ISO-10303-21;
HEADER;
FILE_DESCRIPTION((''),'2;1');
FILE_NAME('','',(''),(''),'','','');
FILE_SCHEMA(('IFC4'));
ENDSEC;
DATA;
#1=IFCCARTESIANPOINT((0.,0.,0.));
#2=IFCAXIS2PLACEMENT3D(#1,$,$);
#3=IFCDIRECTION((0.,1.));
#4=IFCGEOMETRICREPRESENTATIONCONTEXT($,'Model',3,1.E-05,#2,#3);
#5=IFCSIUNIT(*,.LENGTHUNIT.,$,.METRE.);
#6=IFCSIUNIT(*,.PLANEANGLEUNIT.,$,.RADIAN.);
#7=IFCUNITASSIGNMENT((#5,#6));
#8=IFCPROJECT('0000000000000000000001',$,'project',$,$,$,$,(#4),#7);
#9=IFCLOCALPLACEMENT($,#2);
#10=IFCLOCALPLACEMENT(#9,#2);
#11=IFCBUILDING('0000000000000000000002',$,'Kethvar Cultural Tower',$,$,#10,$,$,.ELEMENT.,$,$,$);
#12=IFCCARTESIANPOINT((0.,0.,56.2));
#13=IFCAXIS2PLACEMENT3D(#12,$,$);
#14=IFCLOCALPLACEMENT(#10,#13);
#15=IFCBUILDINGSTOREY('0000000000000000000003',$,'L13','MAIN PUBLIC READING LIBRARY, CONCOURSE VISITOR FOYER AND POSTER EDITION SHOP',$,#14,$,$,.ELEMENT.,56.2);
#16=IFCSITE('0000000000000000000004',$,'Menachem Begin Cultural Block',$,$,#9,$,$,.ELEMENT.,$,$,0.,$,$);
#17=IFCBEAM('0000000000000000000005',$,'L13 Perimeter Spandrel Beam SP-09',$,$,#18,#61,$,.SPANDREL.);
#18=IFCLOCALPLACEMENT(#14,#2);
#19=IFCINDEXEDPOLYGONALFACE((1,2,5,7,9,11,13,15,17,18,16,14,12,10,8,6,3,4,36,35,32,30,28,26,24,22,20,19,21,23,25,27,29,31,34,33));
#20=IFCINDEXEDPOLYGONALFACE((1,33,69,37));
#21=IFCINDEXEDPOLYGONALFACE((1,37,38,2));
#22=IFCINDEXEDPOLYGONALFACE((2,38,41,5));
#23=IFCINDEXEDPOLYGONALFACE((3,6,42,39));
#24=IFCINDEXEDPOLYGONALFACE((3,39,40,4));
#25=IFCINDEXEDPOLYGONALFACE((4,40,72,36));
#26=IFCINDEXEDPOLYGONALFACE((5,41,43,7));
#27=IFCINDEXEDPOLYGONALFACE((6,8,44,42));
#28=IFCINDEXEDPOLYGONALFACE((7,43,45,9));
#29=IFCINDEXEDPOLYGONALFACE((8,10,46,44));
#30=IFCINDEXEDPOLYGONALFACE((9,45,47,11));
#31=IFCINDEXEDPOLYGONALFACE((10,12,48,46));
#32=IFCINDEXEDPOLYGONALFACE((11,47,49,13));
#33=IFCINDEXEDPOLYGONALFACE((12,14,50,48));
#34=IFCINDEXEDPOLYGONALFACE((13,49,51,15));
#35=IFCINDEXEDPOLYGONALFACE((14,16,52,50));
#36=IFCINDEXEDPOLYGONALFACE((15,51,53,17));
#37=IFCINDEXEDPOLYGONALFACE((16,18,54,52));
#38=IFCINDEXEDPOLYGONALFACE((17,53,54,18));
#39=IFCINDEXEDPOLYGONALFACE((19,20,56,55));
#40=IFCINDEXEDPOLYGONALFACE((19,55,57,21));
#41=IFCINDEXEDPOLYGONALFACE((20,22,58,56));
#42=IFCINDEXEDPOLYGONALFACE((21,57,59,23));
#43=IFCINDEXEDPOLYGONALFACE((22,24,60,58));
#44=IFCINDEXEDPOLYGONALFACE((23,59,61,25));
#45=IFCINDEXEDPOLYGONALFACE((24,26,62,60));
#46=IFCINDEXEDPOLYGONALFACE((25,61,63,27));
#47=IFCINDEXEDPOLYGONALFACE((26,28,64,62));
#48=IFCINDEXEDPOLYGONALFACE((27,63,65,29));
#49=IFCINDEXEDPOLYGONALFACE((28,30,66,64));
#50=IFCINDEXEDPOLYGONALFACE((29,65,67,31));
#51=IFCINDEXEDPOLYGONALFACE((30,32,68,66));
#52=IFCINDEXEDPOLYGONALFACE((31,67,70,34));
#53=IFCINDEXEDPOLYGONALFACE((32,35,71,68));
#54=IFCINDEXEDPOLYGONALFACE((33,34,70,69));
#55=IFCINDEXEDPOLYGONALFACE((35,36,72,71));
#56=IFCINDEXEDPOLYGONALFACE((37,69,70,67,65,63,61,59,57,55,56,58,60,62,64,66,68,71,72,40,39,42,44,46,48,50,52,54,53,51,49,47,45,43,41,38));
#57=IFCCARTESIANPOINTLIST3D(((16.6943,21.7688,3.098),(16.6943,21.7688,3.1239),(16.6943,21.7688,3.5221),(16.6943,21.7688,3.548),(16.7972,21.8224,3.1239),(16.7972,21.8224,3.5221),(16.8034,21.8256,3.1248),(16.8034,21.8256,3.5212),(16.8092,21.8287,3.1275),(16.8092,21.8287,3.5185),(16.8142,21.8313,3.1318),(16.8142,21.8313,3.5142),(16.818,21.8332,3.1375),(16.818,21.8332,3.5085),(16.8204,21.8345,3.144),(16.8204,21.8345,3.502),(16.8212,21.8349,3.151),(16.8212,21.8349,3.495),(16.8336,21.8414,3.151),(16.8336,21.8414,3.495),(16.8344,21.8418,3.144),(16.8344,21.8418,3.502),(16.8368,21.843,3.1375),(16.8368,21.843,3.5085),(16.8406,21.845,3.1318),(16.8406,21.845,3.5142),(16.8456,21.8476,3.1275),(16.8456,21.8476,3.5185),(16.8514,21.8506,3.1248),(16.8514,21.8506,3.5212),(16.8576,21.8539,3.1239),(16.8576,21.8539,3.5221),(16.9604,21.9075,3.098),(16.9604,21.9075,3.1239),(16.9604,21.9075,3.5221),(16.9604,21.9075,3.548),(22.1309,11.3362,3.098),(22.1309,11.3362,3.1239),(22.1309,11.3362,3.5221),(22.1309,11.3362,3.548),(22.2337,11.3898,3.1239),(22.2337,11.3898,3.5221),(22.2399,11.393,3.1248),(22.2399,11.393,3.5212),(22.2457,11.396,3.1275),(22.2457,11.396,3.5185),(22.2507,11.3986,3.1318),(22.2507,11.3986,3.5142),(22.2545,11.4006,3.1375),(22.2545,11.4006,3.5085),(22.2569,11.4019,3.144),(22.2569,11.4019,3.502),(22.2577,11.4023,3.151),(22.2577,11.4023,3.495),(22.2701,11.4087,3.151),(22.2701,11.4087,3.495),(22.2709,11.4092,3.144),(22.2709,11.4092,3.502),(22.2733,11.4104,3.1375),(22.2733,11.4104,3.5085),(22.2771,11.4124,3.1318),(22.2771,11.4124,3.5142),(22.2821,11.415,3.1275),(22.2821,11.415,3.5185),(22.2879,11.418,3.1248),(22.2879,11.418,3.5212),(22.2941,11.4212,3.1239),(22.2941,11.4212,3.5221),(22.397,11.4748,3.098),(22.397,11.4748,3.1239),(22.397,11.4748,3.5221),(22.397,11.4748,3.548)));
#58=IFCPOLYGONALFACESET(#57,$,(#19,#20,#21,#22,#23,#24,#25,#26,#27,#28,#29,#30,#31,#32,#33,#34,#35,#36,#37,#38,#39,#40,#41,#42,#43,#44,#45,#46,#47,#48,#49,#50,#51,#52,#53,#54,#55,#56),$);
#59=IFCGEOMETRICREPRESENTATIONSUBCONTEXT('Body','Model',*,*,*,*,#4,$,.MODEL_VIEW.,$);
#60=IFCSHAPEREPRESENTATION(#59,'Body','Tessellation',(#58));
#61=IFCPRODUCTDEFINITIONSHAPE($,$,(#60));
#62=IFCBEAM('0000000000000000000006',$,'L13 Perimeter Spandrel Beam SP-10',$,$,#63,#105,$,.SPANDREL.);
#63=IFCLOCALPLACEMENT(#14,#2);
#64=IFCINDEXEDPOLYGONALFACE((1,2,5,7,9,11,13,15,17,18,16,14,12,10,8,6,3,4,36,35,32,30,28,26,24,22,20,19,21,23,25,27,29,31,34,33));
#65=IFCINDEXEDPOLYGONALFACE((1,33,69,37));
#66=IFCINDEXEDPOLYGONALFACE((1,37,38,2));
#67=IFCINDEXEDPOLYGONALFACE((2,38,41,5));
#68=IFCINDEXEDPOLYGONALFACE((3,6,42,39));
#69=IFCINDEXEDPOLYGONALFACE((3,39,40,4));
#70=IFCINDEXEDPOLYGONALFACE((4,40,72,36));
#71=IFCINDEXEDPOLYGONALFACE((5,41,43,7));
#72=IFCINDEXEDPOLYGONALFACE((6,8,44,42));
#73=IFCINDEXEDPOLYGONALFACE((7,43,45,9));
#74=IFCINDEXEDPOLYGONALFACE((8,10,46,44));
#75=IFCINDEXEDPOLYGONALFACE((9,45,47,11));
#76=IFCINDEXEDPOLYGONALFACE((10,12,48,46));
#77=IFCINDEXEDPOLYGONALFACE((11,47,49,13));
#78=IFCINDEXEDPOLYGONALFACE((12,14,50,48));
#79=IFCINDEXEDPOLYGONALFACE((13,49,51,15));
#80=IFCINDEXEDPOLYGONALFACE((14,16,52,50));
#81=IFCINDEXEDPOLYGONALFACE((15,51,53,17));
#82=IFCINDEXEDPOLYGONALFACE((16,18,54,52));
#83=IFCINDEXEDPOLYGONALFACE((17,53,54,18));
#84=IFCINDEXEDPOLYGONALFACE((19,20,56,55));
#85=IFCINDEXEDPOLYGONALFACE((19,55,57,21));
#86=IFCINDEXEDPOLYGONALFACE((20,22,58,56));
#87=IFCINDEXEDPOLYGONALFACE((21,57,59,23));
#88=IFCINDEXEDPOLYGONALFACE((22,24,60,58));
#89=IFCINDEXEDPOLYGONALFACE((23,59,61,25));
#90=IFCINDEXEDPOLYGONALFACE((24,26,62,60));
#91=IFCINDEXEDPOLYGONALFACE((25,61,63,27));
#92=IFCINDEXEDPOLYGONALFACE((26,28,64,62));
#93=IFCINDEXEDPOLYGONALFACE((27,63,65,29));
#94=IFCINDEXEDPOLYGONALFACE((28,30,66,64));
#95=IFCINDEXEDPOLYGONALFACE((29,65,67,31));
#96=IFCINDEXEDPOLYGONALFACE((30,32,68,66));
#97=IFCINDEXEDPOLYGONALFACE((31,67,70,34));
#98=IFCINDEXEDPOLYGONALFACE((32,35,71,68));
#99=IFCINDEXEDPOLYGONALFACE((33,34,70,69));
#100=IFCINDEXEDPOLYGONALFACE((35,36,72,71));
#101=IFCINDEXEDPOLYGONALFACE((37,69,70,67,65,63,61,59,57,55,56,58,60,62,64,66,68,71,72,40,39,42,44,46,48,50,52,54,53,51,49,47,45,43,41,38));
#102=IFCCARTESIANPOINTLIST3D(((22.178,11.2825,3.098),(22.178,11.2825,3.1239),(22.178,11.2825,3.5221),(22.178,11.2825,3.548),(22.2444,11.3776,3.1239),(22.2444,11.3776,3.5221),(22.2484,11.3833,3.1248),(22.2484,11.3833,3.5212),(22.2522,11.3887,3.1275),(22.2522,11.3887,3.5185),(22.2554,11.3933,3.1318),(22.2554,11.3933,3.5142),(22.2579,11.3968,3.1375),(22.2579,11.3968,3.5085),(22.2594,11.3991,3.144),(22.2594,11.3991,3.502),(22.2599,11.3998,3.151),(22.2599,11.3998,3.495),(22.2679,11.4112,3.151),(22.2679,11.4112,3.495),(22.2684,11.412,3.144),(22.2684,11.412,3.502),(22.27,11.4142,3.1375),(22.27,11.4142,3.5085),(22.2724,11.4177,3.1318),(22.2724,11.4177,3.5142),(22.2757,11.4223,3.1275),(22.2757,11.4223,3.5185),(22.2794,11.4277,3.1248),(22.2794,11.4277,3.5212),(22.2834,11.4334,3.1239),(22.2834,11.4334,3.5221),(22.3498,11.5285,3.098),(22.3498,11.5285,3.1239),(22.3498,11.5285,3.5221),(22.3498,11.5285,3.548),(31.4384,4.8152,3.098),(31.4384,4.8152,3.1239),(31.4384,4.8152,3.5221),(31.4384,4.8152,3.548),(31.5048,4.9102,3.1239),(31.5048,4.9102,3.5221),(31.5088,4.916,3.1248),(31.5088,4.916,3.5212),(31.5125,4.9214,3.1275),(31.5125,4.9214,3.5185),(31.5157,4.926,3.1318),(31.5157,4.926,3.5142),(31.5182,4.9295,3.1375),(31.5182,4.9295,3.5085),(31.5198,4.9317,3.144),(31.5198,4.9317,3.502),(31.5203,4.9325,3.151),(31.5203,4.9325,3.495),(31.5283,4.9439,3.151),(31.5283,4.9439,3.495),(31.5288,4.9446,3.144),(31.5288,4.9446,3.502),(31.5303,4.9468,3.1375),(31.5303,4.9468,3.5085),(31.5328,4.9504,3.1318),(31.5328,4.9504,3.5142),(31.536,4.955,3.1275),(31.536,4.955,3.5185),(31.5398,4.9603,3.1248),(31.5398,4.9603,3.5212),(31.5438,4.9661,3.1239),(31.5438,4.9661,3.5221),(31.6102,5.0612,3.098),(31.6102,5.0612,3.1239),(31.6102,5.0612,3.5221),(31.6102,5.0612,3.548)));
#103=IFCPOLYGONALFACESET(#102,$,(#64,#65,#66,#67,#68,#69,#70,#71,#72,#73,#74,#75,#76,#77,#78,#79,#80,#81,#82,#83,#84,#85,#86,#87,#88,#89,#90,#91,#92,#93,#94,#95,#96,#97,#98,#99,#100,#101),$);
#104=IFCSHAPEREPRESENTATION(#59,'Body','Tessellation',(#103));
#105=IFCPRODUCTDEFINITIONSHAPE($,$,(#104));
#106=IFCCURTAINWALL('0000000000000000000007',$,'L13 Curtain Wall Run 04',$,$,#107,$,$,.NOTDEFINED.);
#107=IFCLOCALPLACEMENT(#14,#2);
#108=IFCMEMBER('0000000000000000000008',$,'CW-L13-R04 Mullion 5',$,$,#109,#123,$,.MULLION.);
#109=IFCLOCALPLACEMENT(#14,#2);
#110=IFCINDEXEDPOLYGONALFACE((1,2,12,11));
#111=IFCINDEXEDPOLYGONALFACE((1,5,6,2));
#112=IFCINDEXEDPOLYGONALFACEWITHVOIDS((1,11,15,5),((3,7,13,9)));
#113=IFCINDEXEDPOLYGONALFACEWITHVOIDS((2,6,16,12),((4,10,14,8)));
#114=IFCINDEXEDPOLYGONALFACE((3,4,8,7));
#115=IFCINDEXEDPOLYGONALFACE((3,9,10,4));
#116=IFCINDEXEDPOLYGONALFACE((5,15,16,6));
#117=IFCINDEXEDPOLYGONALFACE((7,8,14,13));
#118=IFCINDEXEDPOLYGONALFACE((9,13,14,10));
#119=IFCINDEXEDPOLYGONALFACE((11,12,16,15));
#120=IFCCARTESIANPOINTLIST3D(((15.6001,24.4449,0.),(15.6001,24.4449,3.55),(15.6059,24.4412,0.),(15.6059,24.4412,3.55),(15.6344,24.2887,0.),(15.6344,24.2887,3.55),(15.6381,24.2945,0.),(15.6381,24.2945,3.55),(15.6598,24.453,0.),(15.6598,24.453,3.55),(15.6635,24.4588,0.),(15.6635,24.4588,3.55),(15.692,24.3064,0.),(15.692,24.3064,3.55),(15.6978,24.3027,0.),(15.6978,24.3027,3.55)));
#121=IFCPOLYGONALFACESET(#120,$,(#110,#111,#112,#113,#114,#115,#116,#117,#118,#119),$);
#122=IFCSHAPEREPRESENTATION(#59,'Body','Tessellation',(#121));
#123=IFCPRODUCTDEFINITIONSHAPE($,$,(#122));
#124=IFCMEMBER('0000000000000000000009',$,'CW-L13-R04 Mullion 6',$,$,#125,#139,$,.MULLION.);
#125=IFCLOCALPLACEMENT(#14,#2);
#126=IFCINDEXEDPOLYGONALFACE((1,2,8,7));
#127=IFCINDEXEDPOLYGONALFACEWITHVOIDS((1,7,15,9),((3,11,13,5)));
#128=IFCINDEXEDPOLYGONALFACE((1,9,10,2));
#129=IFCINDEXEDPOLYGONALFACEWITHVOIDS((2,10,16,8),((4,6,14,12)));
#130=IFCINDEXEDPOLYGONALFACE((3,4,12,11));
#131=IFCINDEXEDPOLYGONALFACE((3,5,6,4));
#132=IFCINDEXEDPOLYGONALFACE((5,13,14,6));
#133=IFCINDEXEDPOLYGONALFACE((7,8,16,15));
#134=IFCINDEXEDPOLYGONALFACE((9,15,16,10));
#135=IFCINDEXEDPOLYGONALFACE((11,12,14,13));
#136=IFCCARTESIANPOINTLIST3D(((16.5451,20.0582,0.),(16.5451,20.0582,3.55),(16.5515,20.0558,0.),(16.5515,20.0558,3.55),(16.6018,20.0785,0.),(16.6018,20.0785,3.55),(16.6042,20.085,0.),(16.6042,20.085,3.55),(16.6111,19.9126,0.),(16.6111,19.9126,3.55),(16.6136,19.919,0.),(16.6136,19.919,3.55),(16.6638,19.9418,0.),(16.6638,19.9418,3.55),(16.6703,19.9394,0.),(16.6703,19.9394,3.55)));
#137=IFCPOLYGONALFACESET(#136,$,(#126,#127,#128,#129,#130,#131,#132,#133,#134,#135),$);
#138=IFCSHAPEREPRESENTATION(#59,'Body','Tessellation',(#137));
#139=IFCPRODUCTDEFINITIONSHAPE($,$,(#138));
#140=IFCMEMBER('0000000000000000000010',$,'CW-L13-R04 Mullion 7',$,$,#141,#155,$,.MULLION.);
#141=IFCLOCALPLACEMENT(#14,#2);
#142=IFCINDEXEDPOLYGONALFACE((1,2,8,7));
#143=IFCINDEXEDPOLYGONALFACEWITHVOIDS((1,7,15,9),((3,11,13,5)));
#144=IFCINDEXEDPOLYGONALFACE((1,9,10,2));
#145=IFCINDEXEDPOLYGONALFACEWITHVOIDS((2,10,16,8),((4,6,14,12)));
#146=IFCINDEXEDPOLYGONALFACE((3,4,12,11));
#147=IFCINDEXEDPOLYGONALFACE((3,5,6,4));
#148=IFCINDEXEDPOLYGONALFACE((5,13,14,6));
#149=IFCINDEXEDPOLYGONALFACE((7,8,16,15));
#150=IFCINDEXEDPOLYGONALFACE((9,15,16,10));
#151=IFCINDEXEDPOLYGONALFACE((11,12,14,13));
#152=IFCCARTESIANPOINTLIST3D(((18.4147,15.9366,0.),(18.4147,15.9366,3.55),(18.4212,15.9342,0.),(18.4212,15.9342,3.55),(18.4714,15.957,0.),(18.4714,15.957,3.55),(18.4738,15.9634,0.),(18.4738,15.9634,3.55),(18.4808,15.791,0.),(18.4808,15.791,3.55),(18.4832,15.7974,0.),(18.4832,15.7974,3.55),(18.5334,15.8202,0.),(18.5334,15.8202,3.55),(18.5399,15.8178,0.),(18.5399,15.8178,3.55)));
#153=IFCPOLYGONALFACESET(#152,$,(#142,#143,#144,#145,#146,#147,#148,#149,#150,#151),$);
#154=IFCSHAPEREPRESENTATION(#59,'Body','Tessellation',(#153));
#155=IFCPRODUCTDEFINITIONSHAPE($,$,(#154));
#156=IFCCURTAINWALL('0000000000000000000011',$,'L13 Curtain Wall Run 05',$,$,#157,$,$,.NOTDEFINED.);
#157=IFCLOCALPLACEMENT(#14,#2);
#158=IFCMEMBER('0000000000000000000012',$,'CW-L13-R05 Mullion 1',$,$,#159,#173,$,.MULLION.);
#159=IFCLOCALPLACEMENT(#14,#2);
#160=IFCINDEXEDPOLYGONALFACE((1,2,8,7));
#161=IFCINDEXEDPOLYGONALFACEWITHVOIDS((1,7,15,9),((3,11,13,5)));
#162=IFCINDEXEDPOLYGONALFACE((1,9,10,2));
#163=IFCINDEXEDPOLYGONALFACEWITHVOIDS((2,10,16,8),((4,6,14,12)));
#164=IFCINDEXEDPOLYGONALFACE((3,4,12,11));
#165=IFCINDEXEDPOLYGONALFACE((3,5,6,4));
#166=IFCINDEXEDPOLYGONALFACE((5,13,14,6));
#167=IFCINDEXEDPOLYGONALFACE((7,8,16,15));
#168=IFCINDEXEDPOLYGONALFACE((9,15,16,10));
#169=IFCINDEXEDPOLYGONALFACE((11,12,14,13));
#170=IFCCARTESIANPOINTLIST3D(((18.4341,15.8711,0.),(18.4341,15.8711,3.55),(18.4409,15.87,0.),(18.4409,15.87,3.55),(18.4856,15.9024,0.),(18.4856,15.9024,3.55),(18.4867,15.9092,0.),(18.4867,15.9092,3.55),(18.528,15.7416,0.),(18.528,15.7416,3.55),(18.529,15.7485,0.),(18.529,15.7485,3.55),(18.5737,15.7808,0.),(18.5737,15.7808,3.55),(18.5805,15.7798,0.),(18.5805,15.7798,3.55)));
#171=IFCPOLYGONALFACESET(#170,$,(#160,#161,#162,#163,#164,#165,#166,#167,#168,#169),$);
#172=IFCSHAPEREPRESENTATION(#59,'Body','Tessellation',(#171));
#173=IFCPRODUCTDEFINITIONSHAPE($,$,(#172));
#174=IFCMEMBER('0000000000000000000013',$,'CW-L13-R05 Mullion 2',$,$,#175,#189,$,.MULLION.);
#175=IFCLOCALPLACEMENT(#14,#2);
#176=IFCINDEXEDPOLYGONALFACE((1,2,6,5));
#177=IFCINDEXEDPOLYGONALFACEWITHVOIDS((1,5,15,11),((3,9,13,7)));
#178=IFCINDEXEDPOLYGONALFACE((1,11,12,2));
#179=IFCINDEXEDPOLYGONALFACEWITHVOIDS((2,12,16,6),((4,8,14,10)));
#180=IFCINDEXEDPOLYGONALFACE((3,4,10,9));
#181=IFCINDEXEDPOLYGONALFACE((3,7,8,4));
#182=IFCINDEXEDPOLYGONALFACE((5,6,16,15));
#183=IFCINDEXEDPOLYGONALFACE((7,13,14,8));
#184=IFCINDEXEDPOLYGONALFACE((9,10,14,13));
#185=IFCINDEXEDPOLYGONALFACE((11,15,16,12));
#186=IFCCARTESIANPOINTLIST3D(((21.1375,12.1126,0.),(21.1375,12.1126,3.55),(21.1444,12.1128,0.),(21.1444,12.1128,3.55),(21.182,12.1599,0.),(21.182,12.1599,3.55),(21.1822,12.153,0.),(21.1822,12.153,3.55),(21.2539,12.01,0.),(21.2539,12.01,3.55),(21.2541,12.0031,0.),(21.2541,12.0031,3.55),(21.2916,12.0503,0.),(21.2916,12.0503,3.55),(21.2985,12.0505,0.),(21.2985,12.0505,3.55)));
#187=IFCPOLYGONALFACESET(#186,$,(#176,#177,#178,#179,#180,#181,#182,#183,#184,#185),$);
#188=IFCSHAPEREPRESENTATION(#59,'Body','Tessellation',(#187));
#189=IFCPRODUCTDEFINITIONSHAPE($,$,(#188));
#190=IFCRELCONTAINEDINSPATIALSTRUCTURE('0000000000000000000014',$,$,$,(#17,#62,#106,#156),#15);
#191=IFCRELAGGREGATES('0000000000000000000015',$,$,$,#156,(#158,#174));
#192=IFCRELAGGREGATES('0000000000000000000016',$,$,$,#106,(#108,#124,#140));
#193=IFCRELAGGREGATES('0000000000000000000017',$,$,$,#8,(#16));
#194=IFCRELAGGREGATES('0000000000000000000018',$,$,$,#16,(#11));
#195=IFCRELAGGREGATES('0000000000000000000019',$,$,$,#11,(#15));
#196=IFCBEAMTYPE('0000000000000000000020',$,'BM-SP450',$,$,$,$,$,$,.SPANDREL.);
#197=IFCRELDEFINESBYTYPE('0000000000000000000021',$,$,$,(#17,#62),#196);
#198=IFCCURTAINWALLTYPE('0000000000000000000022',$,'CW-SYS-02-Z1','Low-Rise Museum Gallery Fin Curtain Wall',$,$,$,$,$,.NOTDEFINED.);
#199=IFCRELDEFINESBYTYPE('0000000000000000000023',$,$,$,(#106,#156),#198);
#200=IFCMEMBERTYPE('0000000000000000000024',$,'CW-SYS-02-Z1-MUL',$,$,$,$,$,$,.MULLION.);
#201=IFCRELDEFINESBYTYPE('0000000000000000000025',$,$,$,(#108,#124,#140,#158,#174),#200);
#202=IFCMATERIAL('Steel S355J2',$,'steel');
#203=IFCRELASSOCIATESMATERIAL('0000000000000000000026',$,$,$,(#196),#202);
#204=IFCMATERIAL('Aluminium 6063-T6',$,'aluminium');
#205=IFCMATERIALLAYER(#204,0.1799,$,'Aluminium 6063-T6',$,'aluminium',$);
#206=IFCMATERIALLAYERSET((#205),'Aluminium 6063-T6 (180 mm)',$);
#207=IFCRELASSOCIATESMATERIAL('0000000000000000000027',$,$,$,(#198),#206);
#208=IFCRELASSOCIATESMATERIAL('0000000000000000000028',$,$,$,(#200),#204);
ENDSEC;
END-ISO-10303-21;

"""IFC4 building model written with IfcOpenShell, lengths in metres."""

from ifc_helpers import new_model, si_unit, direction, frame, origin, origin_2d, place, context, subcontext, project, spatial, hollow_rectangle, i_section, extrude, source, transform, mapped, material, layer, layer_set, material_profile, profile_set, type_object, element, aggregate, save


model = new_model("IFC4")

# Units and contexts
model_context = context("Model", 3, precision=1e-05, world=origin(), true_north=direction((0.0, 1.0)))
body_context = subcontext(model_context, "Body", "Model", "MODEL_VIEW")
ifc_project = project(units=[si_unit("LENGTHUNIT", "METRE"), si_unit("PLANEANGLEUNIT", "RADIAN")], contexts=[model_context])

# Site, building, storey
site_placement = place(None, origin())
site = spatial("IfcSite", under=ifc_project, at=site_placement, Name="Menachem Begin Cultural Block", CompositionType="ELEMENT", RefElevation=0.0)
building_placement = place(site_placement, origin())
building = spatial("IfcBuilding", under=site, at=building_placement, Name="Kethvar Cultural Tower", CompositionType="ELEMENT")
storey_placement = place(building_placement, frame((0.0, 0.0, 56.2)))
storey = spatial("IfcBuildingStorey", under=building, at=storey_placement, Name="L13", Description="MAIN PUBLIC READING LIBRARY, CONCOURSE VISITOR FOYER AND POSTER EDITION SHOP", CompositionType="ELEMENT", Elevation=56.2)

# Beams
ifc_material_1 = material(Name="Steel S355J2", Category="steel")
ifc_material_profile_1 = material_profile(ifc_material_1, i_section(OverallWidth=0.3, OverallDepth=0.45, WebThickness=0.0139, FlangeThickness=0.0259, FilletRadius=0.0271, at=origin_2d()), Name="Steel S355J2 — HEB450")
ifc_profile_set_1 = profile_set([ifc_material_profile_1], Name="Steel S355J2 — HEB450")
beam_type_1 = type_object("IfcBeamType", Name="BM-SP450", PredefinedType="SPANDREL", material=ifc_profile_set_1)
shared_shape_1 = source(origin(), body_context, "Body", "SweptSolid", [
    extrude(i_section(OverallWidth=0.3, OverallDepth=0.45, WebThickness=0.0139, FlangeThickness=0.0259, FilletRadius=0.0271, at=origin_2d()), origin(), (0.0, 0.0, 1.0), 11.7642),
])
beam_1_placement = place(storey_placement, frame((16.8274, 21.8381, 3.323), z_axis=(0.462126, -0.886814, 0.0), x_axis=(0.886814, 0.462126, 0.0)))
element("IfcBeam", 1, at=beam_1_placement, inside=storey, type_object=beam_type_1, Name="L13 Perimeter Spandrel Beam SP-09", PredefinedType="SPANDREL", context=body_context, shape_type="MappedRepresentation", body=[
    mapped(shared_shape_1, transform((0.0, 0.0, 0.0), scale=1.0)),
])
shared_shape_2 = source(origin(), body_context, "Body", "SweptSolid", [
    extrude(i_section(OverallWidth=0.3, OverallDepth=0.45, WebThickness=0.0139, FlangeThickness=0.0259, FilletRadius=0.0271, at=origin_2d()), origin(), (0.0, 0.0, 1.0), 11.2952),
])
beam_2_placement = place(storey_placement, frame((22.2639, 11.4055, 3.323), z_axis=(0.819851, -0.572577, 0.0), x_axis=(0.572577, 0.819851, 0.0)))
element("IfcBeam", 2, at=beam_2_placement, inside=storey, type_object=beam_type_1, Name="L13 Perimeter Spandrel Beam SP-10", PredefinedType="SPANDREL", context=body_context, shape_type="MappedRepresentation", body=[
    mapped(shared_shape_2, transform((0.0, 0.0, 0.0), scale=1.0)),
])

# Curtain walls, members
ifc_material_2 = material(Name="Aluminium 6063-T6", Category="aluminium")
ifc_layer_1 = layer(ifc_material_2, 0.1799, Name="Aluminium 6063-T6", Category="aluminium")
ifc_layer_set_1 = layer_set([ifc_layer_1], Name="Aluminium 6063-T6 (180 mm)")
curtain_wall_type = type_object("IfcCurtainWallType", Name="CW-SYS-02-Z1", Description="Low-Rise Museum Gallery Fin Curtain Wall", PredefinedType="NOTDEFINED", material=ifc_layer_set_1)
curtain_wall_1_placement = place(storey_placement, origin())
curtain_wall_1 = element("IfcCurtainWall", 3, at=curtain_wall_1_placement, inside=storey, type_object=curtain_wall_type, Name="L13 Curtain Wall Run 04", PredefinedType="NOTDEFINED")
ifc_material_profile_2 = material_profile(ifc_material_2, hollow_rectangle(XDim=0.0649, YDim=0.1599, WallThickness=0.0049, at=origin_2d()), Name="Aluminium 6063-T6 — RHS160x65x5")
ifc_profile_set_2 = profile_set([ifc_material_profile_2], Name="Aluminium 6063-T6 — RHS160x65x5")
member_type_1 = type_object("IfcMemberType", Name="CW-SYS-02-Z1-MUL", PredefinedType="MULLION", material=ifc_profile_set_2)
shared_shape_3 = source(origin(), body_context, "Body", "SweptSolid", [
    extrude(hollow_rectangle(XDim=0.0649, YDim=0.1599, WallThickness=0.0049, at=origin_2d()), origin(), (0.0, 0.0, 1.0), 3.55),
])
member_1_placement = place(storey_placement, frame((15.6489, 24.3738, 0.0), z_axis=(0.0, 0.0, 1.0), x_axis=(0.976702, 0.214599, 0.0)))
member_1 = element("IfcMember", 4, at=member_1_placement, type_object=member_type_1, Name="CW-L13-R04 Mullion 5", PredefinedType="MULLION", context=body_context, shape_type="MappedRepresentation", body=[
    mapped(shared_shape_3, transform((0.0, 0.0, 0.0), scale=1.0)),
])
member_2_placement = place(storey_placement, frame((16.6077, 19.9988, 0.0), z_axis=(0.0, 0.0, 1.0), x_axis=(0.910684, 0.413104, 0.0)))
member_2 = element("IfcMember", 5, at=member_2_placement, type_object=member_type_1, Name="CW-L13-R04 Mullion 6", PredefinedType="MULLION", context=body_context, shape_type="MappedRepresentation", body=[
    mapped(shared_shape_3, transform((0.0, 0.0, 0.0), scale=1.0)),
])
member_3_placement = place(storey_placement, frame((18.4773, 15.8772, 0.0), z_axis=(0.0, 0.0, 1.0), x_axis=(0.910684, 0.413104, 0.0)))
member_3 = element("IfcMember", 6, at=member_3_placement, type_object=member_type_1, Name="CW-L13-R04 Mullion 7", PredefinedType="MULLION", context=body_context, shape_type="MappedRepresentation", body=[
    mapped(shared_shape_3, transform((0.0, 0.0, 0.0), scale=1.0)),
])
curtain_wall_2_placement = place(storey_placement, origin())
curtain_wall_2 = element("IfcCurtainWall", 7, at=curtain_wall_2_placement, inside=storey, type_object=curtain_wall_type, Name="L13 Curtain Wall Run 05", PredefinedType="NOTDEFINED")
member_4_placement = place(storey_placement, frame((18.5073, 15.8254, 0.0), z_axis=(0.0, 0.0, 1.0), x_axis=(0.809714, 0.586825, 0.0)))
member_4 = element("IfcMember", 8, at=member_4_placement, type_object=member_type_1, Name="CW-L13-R05 Mullion 1", PredefinedType="MULLION", context=body_context, shape_type="MappedRepresentation", body=[
    mapped(shared_shape_3, transform((0.0, 0.0, 0.0), scale=1.0)),
])
member_5_placement = place(storey_placement, frame((21.218, 12.0815, 0.0), z_axis=(0.0, 0.0, 1.0), x_axis=(0.684522, 0.728993, 0.0)))
member_5 = element("IfcMember", 9, at=member_5_placement, type_object=member_type_1, Name="CW-L13-R05 Mullion 2", PredefinedType="MULLION", context=body_context, shape_type="MappedRepresentation", body=[
    mapped(shared_shape_3, transform((0.0, 0.0, 0.0), scale=1.0)),
])

aggregate(curtain_wall_2, [member_4, member_5])
aggregate(curtain_wall_1, [member_1, member_2, member_3])

save(model, "model.ifc")
